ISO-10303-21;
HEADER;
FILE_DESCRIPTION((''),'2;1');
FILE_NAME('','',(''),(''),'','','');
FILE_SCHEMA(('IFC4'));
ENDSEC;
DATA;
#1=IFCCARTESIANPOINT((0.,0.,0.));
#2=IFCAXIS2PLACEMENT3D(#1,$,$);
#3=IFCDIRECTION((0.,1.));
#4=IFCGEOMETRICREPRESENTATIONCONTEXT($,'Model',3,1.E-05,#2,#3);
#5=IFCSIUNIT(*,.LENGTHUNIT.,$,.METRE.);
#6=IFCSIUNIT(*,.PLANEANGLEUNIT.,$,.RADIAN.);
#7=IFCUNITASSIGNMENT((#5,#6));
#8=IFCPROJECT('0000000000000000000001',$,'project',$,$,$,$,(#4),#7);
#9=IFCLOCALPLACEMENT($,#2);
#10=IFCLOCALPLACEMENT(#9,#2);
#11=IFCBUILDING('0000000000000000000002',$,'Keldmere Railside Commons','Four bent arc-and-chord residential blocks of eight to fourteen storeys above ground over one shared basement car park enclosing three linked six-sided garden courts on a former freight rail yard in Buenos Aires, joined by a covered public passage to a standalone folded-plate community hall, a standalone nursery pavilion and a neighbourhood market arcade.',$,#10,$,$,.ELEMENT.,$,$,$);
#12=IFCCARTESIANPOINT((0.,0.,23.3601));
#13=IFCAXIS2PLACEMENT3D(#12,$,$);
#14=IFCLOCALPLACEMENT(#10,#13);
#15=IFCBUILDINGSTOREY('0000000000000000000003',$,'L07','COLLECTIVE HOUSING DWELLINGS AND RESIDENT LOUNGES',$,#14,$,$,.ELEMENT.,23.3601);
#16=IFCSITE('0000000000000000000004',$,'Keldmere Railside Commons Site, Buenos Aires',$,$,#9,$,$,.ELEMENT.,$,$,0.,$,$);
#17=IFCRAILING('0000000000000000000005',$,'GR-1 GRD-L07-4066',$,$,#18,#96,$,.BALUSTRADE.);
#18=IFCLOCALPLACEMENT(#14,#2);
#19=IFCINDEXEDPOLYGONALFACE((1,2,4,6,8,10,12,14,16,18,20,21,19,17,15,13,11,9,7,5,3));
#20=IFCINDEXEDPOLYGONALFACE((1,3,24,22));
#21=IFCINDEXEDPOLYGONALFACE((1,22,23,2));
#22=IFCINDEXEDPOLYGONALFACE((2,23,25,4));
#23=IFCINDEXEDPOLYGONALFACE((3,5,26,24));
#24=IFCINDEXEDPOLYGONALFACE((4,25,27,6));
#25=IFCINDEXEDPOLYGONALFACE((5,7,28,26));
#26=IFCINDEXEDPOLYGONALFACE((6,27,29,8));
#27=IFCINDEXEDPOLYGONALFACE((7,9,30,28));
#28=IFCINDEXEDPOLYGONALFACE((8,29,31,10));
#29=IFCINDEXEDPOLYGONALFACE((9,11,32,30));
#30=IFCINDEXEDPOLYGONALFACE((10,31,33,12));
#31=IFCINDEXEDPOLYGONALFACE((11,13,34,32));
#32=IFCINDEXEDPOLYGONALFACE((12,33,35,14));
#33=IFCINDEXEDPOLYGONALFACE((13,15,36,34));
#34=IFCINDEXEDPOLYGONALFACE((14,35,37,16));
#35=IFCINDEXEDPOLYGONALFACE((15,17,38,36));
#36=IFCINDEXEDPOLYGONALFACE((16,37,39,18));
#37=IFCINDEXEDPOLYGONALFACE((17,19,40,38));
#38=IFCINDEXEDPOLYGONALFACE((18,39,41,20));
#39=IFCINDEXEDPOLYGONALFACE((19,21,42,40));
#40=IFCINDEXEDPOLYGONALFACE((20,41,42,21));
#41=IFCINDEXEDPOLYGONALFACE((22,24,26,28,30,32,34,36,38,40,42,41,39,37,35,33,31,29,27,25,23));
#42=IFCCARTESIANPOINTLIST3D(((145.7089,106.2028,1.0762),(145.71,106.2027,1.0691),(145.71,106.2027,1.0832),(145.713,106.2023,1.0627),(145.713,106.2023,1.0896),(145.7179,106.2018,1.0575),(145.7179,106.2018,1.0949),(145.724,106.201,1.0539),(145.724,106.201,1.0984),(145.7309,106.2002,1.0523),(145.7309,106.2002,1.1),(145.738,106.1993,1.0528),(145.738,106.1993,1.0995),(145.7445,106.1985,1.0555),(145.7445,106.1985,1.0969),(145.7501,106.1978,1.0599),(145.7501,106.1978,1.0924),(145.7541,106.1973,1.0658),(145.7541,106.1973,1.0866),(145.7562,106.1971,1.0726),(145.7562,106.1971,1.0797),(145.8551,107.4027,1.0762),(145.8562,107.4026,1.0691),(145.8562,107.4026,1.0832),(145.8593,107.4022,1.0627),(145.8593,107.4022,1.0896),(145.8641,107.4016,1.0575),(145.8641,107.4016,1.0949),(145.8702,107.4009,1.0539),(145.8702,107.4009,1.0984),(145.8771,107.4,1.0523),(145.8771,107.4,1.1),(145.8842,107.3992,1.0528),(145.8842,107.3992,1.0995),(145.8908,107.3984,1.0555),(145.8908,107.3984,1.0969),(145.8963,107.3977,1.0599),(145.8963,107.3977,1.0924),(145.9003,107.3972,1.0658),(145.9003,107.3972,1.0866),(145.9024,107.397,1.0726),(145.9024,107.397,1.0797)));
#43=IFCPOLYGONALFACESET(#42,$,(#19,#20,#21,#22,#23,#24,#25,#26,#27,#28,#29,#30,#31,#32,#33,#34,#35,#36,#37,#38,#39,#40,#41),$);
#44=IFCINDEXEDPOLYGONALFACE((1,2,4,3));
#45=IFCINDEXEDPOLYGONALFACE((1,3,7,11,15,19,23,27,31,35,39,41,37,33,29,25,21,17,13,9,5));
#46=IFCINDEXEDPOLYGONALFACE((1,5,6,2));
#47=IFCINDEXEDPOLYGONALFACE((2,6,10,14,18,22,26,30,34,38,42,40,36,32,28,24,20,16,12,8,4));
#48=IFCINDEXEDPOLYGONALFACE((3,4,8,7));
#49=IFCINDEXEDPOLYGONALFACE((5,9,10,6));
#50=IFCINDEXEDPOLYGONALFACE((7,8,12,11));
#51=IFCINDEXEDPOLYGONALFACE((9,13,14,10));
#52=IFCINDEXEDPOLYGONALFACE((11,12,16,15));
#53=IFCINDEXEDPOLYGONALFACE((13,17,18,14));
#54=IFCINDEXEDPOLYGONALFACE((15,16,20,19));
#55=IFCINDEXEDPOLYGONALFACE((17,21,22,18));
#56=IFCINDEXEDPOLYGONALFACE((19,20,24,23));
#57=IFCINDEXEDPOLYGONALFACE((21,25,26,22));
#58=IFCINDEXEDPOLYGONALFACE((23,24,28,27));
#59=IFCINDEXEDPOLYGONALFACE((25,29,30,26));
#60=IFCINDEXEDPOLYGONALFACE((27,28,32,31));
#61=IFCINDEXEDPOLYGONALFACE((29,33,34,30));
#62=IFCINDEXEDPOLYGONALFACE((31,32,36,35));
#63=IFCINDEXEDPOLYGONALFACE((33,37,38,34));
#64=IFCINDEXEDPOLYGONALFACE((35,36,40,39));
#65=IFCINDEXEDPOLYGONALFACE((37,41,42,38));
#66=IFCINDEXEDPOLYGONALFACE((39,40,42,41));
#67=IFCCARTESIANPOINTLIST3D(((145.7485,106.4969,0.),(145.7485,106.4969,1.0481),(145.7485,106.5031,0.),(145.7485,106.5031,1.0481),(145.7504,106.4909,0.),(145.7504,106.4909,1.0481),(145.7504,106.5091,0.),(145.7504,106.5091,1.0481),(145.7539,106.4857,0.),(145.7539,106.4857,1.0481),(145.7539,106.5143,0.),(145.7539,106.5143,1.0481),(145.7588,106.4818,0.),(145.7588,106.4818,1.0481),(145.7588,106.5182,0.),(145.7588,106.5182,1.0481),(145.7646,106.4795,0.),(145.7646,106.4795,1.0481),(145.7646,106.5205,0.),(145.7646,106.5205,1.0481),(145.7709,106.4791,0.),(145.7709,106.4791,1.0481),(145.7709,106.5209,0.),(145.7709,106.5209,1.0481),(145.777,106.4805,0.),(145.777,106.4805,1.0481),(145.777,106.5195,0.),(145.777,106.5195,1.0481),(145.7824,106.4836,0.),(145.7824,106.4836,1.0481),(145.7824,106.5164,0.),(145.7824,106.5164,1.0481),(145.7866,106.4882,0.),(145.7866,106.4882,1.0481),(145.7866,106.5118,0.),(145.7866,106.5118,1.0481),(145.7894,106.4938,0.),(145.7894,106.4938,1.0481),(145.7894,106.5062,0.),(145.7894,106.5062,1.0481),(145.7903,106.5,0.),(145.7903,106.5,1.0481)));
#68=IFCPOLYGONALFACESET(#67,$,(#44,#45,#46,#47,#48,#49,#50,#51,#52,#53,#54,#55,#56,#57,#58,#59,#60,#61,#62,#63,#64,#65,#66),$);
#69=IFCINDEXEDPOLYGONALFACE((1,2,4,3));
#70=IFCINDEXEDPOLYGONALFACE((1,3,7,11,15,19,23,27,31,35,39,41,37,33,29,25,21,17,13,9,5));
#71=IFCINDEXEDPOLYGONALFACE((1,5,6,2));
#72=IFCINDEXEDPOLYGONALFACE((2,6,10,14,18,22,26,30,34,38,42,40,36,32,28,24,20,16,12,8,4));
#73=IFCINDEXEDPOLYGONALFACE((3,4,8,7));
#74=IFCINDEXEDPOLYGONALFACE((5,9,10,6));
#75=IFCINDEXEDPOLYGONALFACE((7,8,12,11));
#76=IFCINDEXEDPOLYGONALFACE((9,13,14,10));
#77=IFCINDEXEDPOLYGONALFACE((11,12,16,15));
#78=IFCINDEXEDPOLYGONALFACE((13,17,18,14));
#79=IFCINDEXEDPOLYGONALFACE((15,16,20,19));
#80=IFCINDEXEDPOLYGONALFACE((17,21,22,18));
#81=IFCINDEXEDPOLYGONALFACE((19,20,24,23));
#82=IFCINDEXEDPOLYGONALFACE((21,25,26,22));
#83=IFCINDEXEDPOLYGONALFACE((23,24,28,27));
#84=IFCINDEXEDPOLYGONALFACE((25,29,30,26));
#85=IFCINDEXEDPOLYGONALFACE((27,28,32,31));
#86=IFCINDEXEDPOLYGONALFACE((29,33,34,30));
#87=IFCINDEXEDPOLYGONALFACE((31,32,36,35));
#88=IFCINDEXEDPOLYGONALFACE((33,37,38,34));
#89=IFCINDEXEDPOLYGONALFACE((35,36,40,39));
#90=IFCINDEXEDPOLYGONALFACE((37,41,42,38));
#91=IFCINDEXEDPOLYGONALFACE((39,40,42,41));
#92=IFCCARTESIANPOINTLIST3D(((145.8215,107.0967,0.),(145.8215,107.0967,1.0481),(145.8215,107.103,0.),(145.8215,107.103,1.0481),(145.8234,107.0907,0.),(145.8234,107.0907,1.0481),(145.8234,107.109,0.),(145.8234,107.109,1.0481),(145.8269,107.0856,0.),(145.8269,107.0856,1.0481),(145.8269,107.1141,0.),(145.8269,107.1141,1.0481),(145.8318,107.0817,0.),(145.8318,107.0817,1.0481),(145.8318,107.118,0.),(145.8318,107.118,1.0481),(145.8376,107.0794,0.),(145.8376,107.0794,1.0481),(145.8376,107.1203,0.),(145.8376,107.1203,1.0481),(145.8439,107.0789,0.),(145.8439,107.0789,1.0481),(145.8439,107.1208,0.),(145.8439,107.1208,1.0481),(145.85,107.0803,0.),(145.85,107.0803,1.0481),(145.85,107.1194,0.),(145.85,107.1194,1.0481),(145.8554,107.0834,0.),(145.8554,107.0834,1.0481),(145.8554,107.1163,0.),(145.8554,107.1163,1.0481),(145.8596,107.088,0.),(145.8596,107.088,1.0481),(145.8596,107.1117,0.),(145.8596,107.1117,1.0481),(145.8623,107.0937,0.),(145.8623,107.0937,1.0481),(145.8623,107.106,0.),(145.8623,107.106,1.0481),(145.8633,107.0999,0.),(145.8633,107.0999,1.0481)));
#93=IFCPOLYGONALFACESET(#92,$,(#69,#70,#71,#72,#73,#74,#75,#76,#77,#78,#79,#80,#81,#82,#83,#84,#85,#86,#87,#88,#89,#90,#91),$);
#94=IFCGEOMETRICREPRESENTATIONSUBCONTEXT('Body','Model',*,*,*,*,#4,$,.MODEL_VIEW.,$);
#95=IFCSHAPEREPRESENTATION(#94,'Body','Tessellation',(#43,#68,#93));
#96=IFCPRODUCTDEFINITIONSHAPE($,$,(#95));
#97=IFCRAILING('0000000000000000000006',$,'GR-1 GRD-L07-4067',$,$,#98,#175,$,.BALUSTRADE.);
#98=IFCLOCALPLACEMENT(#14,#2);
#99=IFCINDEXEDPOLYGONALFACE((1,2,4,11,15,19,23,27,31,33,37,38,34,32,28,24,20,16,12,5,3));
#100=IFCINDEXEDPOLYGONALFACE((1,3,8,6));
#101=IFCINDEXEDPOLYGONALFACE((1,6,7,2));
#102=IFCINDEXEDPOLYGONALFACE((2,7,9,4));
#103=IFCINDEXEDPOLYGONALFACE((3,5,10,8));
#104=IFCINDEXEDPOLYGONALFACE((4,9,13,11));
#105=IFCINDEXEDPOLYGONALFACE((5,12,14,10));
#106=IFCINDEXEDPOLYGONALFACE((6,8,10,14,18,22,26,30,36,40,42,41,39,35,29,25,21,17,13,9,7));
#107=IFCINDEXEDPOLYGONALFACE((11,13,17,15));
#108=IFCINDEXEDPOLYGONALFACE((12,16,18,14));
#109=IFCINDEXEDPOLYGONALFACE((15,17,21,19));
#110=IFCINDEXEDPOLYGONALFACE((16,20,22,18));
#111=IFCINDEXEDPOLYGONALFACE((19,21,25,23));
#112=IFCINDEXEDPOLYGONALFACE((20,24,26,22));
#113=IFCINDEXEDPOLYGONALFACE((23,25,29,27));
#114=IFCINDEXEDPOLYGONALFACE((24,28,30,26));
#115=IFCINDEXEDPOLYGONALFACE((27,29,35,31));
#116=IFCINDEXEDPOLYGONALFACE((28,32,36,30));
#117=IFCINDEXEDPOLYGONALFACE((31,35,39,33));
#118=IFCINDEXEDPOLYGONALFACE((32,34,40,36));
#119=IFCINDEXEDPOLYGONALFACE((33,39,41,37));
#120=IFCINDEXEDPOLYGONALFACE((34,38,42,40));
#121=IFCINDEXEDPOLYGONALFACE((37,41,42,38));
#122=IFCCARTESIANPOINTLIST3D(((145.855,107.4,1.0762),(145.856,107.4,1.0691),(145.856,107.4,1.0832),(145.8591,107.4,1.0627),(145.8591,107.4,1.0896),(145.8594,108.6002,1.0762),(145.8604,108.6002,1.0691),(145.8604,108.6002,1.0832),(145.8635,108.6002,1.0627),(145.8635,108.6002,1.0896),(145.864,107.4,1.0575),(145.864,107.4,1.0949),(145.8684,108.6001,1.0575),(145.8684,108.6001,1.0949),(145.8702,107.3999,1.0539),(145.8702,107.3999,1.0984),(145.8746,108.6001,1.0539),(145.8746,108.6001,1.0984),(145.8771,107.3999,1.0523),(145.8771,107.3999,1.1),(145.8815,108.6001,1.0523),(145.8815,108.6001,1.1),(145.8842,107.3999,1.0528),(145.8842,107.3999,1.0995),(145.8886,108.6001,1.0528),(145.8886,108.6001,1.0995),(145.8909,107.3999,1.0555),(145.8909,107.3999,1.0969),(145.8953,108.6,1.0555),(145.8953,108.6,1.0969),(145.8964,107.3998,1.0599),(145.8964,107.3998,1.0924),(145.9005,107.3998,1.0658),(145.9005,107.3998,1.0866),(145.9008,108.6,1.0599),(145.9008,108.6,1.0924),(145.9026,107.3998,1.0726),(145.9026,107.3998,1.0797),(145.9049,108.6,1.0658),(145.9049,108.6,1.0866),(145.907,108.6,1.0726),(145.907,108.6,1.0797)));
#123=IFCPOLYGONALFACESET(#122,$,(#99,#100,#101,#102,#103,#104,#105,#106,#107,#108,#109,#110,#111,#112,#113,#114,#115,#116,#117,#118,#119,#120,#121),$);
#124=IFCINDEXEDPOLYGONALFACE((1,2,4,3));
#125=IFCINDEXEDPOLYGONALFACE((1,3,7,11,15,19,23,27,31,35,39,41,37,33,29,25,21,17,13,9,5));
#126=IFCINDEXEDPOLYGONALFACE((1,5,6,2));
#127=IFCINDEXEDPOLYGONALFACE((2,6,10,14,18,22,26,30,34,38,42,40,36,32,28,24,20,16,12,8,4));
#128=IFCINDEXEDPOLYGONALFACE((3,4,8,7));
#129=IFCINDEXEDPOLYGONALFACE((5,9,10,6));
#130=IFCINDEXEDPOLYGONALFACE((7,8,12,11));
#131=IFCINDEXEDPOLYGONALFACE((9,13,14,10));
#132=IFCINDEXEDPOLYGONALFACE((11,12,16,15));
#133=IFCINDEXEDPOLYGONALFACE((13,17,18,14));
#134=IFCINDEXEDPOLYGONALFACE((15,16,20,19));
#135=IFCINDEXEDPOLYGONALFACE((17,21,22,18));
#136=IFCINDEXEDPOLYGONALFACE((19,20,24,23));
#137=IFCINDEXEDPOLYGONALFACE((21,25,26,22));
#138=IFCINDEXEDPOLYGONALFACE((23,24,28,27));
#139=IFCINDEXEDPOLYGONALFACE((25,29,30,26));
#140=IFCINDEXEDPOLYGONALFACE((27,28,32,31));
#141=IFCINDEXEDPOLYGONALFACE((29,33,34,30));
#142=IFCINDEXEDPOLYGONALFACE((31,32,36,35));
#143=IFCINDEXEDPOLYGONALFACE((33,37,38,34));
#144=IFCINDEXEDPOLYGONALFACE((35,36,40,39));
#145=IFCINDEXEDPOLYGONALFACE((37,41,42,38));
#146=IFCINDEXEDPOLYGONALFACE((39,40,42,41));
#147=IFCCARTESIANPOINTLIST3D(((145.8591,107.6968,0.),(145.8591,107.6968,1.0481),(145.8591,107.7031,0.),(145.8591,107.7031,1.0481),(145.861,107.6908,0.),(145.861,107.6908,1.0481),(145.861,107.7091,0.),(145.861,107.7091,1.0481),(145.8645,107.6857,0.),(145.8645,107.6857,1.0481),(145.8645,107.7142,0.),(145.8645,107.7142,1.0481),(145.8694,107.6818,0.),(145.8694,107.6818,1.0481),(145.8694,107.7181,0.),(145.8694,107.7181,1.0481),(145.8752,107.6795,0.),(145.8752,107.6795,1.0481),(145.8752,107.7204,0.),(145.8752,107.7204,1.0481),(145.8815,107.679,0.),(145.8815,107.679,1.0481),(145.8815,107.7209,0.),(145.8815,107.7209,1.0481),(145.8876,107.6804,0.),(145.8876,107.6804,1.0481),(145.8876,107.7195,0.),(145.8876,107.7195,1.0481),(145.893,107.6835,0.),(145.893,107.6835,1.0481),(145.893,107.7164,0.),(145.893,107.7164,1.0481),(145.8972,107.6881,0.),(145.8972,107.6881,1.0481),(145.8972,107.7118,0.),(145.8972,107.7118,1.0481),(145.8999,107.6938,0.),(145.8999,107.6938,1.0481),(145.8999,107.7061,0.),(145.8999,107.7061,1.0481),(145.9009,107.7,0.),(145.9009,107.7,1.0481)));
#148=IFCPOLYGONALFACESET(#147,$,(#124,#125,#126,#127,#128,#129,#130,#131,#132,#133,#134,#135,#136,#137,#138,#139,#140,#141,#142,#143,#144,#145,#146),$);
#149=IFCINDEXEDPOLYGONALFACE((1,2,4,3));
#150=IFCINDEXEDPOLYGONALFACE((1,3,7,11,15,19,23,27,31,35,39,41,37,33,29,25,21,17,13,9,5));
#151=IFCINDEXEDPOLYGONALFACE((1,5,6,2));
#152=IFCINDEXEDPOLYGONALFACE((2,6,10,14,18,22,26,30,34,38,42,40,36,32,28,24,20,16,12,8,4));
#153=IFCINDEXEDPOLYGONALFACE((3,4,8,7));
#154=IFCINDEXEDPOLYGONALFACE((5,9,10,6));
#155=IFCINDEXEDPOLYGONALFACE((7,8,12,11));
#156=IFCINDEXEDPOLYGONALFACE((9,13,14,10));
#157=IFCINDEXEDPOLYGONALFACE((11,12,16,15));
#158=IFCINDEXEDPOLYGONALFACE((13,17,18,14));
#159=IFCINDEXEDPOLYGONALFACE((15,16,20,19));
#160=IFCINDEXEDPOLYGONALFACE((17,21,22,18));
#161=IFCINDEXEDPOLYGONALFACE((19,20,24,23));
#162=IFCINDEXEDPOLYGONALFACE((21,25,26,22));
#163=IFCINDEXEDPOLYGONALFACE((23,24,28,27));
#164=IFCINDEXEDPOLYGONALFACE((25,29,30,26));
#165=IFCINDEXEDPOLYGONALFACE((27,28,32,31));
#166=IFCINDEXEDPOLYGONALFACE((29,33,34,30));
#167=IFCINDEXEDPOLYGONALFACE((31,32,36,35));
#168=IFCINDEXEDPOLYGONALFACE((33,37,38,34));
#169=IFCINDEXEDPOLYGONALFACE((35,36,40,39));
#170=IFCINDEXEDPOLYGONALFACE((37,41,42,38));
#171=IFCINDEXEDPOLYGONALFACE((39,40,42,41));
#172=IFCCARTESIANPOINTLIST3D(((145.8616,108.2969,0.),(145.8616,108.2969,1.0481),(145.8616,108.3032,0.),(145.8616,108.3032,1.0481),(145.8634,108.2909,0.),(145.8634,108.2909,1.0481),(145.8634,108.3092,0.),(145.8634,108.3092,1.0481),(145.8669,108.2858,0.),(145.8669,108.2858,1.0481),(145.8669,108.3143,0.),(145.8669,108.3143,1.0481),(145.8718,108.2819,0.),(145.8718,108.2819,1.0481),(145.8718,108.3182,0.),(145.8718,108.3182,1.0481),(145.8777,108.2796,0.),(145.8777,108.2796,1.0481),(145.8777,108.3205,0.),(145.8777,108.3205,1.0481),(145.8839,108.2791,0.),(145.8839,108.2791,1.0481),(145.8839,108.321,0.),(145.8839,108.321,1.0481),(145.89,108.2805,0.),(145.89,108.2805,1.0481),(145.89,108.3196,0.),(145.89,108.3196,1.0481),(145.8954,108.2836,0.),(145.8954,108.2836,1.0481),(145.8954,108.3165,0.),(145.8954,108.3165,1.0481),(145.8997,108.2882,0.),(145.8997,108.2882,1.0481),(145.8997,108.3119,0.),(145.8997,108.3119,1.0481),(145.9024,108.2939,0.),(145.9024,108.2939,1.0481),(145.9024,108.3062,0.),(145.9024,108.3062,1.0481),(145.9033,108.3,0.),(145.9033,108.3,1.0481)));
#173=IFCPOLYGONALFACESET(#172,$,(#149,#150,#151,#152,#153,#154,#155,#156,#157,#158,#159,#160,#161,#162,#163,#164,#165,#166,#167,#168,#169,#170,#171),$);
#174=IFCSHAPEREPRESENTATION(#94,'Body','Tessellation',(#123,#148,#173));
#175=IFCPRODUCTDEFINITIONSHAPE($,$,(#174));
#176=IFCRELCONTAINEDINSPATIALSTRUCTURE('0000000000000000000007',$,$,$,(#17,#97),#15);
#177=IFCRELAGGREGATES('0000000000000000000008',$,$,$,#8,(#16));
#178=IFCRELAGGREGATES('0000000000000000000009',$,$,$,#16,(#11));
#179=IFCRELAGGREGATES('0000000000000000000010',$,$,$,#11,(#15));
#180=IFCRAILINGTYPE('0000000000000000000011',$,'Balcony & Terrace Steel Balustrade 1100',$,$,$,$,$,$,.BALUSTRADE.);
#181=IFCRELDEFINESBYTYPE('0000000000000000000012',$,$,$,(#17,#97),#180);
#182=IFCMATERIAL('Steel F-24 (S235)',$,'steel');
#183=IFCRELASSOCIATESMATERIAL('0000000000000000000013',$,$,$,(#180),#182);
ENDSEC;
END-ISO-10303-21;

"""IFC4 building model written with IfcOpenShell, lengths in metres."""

from ifc_helpers import new_model, si_unit, direction, frame, origin, origin_2d, place, context, subcontext, project, spatial, circle, extrude, material, type_object, element, save


model = new_model("IFC4")

# Units and contexts
model_context = context("Model", 3, precision=1e-05, world=origin(), true_north=direction((0.0, 1.0)))
body_context = subcontext(model_context, "Body", "Model", "MODEL_VIEW")
ifc_project = project(units=[si_unit("LENGTHUNIT", "METRE"), si_unit("PLANEANGLEUNIT", "RADIAN")], contexts=[model_context])

# Site, building, storey
site_placement = place(None, origin())
site = spatial("IfcSite", under=ifc_project, at=site_placement, Name="Keldmere Railside Commons Site, Buenos Aires", CompositionType="ELEMENT", RefElevation=0.0)
building_placement = place(site_placement, origin())
building = spatial("IfcBuilding", under=site, at=building_placement, Name="Keldmere Railside Commons", Description="Four bent arc-and-chord residential blocks of eight to fourteen storeys above ground over one shared basement car park enclosing three linked six-sided garden courts on a former freight rail yard in Buenos Aires, joined by a covered public passage to a standalone folded-plate community hall, a standalone nursery pavilion and a neighbourhood market arcade.", CompositionType="ELEMENT")
storey_placement = place(building_placement, frame((0.0, 0.0, 23.3601)))
storey = spatial("IfcBuildingStorey", under=building, at=storey_placement, Name="L07", Description="COLLECTIVE HOUSING DWELLINGS AND RESIDENT LOUNGES", CompositionType="ELEMENT", Elevation=23.3601)

# Shared definitions
ifc_material_1 = material(Name="Steel F-24 (S235)", Category="steel")

# Railings
railing_type = type_object("IfcRailingType", Name="Balcony & Terrace Steel Balustrade 1100", PredefinedType="BALUSTRADE", material=ifc_material_1)
railing_1_placement = place(storey_placement, frame((145.7327, 106.2, 0.0)))
element("IfcRailing", 1, at=railing_1_placement, inside=storey, type_object=railing_type, Name="GR-1 GRD-L07-4066", PredefinedType="BALUSTRADE", context=body_context, shape_type="SweptSolid", body=[
    extrude(circle(Radius=0.0239, at=origin_2d()), frame((0.0, 0.0, 1.0762), z_axis=(0.120977, 0.992655, 0.0), x_axis=(-0.992655, 0.120977, 0.0)), (0.0, 0.0, 1.0), 1.2087),
    extrude(circle(Radius=0.021, at=origin_2d()), frame((0.0366, 0.3, 0.0)), (0.0, 0.0, 1.0), 1.0481),
    extrude(circle(Radius=0.021, at=origin_2d()), frame((0.1096, 0.8999, 0.0)), (0.0, 0.0, 1.0), 1.0481),
])
railing_2_placement = place(storey_placement, frame((145.8789, 107.3999, 0.0)))
element("IfcRailing", 2, at=railing_2_placement, inside=storey, type_object=railing_type, Name="GR-1 GRD-L07-4067", PredefinedType="BALUSTRADE", context=body_context, shape_type="SweptSolid", body=[
    extrude(circle(Radius=0.0239, at=origin_2d()), frame((0.0, 0.0, 1.0762), z_axis=(0.003661, 0.999993, 0.0), x_axis=(-0.999993, 0.003661, 0.0)), (0.0, 0.0, 1.0), 1.2002),
    extrude(circle(Radius=0.021, at=origin_2d()), frame((0.001, 0.3, 0.0)), (0.0, 0.0, 1.0), 1.0481),
    extrude(circle(Radius=0.021, at=origin_2d()), frame((0.0034, 0.9001, 0.0)), (0.0, 0.0, 1.0), 1.0481),
])

save(model, "model.ifc")
